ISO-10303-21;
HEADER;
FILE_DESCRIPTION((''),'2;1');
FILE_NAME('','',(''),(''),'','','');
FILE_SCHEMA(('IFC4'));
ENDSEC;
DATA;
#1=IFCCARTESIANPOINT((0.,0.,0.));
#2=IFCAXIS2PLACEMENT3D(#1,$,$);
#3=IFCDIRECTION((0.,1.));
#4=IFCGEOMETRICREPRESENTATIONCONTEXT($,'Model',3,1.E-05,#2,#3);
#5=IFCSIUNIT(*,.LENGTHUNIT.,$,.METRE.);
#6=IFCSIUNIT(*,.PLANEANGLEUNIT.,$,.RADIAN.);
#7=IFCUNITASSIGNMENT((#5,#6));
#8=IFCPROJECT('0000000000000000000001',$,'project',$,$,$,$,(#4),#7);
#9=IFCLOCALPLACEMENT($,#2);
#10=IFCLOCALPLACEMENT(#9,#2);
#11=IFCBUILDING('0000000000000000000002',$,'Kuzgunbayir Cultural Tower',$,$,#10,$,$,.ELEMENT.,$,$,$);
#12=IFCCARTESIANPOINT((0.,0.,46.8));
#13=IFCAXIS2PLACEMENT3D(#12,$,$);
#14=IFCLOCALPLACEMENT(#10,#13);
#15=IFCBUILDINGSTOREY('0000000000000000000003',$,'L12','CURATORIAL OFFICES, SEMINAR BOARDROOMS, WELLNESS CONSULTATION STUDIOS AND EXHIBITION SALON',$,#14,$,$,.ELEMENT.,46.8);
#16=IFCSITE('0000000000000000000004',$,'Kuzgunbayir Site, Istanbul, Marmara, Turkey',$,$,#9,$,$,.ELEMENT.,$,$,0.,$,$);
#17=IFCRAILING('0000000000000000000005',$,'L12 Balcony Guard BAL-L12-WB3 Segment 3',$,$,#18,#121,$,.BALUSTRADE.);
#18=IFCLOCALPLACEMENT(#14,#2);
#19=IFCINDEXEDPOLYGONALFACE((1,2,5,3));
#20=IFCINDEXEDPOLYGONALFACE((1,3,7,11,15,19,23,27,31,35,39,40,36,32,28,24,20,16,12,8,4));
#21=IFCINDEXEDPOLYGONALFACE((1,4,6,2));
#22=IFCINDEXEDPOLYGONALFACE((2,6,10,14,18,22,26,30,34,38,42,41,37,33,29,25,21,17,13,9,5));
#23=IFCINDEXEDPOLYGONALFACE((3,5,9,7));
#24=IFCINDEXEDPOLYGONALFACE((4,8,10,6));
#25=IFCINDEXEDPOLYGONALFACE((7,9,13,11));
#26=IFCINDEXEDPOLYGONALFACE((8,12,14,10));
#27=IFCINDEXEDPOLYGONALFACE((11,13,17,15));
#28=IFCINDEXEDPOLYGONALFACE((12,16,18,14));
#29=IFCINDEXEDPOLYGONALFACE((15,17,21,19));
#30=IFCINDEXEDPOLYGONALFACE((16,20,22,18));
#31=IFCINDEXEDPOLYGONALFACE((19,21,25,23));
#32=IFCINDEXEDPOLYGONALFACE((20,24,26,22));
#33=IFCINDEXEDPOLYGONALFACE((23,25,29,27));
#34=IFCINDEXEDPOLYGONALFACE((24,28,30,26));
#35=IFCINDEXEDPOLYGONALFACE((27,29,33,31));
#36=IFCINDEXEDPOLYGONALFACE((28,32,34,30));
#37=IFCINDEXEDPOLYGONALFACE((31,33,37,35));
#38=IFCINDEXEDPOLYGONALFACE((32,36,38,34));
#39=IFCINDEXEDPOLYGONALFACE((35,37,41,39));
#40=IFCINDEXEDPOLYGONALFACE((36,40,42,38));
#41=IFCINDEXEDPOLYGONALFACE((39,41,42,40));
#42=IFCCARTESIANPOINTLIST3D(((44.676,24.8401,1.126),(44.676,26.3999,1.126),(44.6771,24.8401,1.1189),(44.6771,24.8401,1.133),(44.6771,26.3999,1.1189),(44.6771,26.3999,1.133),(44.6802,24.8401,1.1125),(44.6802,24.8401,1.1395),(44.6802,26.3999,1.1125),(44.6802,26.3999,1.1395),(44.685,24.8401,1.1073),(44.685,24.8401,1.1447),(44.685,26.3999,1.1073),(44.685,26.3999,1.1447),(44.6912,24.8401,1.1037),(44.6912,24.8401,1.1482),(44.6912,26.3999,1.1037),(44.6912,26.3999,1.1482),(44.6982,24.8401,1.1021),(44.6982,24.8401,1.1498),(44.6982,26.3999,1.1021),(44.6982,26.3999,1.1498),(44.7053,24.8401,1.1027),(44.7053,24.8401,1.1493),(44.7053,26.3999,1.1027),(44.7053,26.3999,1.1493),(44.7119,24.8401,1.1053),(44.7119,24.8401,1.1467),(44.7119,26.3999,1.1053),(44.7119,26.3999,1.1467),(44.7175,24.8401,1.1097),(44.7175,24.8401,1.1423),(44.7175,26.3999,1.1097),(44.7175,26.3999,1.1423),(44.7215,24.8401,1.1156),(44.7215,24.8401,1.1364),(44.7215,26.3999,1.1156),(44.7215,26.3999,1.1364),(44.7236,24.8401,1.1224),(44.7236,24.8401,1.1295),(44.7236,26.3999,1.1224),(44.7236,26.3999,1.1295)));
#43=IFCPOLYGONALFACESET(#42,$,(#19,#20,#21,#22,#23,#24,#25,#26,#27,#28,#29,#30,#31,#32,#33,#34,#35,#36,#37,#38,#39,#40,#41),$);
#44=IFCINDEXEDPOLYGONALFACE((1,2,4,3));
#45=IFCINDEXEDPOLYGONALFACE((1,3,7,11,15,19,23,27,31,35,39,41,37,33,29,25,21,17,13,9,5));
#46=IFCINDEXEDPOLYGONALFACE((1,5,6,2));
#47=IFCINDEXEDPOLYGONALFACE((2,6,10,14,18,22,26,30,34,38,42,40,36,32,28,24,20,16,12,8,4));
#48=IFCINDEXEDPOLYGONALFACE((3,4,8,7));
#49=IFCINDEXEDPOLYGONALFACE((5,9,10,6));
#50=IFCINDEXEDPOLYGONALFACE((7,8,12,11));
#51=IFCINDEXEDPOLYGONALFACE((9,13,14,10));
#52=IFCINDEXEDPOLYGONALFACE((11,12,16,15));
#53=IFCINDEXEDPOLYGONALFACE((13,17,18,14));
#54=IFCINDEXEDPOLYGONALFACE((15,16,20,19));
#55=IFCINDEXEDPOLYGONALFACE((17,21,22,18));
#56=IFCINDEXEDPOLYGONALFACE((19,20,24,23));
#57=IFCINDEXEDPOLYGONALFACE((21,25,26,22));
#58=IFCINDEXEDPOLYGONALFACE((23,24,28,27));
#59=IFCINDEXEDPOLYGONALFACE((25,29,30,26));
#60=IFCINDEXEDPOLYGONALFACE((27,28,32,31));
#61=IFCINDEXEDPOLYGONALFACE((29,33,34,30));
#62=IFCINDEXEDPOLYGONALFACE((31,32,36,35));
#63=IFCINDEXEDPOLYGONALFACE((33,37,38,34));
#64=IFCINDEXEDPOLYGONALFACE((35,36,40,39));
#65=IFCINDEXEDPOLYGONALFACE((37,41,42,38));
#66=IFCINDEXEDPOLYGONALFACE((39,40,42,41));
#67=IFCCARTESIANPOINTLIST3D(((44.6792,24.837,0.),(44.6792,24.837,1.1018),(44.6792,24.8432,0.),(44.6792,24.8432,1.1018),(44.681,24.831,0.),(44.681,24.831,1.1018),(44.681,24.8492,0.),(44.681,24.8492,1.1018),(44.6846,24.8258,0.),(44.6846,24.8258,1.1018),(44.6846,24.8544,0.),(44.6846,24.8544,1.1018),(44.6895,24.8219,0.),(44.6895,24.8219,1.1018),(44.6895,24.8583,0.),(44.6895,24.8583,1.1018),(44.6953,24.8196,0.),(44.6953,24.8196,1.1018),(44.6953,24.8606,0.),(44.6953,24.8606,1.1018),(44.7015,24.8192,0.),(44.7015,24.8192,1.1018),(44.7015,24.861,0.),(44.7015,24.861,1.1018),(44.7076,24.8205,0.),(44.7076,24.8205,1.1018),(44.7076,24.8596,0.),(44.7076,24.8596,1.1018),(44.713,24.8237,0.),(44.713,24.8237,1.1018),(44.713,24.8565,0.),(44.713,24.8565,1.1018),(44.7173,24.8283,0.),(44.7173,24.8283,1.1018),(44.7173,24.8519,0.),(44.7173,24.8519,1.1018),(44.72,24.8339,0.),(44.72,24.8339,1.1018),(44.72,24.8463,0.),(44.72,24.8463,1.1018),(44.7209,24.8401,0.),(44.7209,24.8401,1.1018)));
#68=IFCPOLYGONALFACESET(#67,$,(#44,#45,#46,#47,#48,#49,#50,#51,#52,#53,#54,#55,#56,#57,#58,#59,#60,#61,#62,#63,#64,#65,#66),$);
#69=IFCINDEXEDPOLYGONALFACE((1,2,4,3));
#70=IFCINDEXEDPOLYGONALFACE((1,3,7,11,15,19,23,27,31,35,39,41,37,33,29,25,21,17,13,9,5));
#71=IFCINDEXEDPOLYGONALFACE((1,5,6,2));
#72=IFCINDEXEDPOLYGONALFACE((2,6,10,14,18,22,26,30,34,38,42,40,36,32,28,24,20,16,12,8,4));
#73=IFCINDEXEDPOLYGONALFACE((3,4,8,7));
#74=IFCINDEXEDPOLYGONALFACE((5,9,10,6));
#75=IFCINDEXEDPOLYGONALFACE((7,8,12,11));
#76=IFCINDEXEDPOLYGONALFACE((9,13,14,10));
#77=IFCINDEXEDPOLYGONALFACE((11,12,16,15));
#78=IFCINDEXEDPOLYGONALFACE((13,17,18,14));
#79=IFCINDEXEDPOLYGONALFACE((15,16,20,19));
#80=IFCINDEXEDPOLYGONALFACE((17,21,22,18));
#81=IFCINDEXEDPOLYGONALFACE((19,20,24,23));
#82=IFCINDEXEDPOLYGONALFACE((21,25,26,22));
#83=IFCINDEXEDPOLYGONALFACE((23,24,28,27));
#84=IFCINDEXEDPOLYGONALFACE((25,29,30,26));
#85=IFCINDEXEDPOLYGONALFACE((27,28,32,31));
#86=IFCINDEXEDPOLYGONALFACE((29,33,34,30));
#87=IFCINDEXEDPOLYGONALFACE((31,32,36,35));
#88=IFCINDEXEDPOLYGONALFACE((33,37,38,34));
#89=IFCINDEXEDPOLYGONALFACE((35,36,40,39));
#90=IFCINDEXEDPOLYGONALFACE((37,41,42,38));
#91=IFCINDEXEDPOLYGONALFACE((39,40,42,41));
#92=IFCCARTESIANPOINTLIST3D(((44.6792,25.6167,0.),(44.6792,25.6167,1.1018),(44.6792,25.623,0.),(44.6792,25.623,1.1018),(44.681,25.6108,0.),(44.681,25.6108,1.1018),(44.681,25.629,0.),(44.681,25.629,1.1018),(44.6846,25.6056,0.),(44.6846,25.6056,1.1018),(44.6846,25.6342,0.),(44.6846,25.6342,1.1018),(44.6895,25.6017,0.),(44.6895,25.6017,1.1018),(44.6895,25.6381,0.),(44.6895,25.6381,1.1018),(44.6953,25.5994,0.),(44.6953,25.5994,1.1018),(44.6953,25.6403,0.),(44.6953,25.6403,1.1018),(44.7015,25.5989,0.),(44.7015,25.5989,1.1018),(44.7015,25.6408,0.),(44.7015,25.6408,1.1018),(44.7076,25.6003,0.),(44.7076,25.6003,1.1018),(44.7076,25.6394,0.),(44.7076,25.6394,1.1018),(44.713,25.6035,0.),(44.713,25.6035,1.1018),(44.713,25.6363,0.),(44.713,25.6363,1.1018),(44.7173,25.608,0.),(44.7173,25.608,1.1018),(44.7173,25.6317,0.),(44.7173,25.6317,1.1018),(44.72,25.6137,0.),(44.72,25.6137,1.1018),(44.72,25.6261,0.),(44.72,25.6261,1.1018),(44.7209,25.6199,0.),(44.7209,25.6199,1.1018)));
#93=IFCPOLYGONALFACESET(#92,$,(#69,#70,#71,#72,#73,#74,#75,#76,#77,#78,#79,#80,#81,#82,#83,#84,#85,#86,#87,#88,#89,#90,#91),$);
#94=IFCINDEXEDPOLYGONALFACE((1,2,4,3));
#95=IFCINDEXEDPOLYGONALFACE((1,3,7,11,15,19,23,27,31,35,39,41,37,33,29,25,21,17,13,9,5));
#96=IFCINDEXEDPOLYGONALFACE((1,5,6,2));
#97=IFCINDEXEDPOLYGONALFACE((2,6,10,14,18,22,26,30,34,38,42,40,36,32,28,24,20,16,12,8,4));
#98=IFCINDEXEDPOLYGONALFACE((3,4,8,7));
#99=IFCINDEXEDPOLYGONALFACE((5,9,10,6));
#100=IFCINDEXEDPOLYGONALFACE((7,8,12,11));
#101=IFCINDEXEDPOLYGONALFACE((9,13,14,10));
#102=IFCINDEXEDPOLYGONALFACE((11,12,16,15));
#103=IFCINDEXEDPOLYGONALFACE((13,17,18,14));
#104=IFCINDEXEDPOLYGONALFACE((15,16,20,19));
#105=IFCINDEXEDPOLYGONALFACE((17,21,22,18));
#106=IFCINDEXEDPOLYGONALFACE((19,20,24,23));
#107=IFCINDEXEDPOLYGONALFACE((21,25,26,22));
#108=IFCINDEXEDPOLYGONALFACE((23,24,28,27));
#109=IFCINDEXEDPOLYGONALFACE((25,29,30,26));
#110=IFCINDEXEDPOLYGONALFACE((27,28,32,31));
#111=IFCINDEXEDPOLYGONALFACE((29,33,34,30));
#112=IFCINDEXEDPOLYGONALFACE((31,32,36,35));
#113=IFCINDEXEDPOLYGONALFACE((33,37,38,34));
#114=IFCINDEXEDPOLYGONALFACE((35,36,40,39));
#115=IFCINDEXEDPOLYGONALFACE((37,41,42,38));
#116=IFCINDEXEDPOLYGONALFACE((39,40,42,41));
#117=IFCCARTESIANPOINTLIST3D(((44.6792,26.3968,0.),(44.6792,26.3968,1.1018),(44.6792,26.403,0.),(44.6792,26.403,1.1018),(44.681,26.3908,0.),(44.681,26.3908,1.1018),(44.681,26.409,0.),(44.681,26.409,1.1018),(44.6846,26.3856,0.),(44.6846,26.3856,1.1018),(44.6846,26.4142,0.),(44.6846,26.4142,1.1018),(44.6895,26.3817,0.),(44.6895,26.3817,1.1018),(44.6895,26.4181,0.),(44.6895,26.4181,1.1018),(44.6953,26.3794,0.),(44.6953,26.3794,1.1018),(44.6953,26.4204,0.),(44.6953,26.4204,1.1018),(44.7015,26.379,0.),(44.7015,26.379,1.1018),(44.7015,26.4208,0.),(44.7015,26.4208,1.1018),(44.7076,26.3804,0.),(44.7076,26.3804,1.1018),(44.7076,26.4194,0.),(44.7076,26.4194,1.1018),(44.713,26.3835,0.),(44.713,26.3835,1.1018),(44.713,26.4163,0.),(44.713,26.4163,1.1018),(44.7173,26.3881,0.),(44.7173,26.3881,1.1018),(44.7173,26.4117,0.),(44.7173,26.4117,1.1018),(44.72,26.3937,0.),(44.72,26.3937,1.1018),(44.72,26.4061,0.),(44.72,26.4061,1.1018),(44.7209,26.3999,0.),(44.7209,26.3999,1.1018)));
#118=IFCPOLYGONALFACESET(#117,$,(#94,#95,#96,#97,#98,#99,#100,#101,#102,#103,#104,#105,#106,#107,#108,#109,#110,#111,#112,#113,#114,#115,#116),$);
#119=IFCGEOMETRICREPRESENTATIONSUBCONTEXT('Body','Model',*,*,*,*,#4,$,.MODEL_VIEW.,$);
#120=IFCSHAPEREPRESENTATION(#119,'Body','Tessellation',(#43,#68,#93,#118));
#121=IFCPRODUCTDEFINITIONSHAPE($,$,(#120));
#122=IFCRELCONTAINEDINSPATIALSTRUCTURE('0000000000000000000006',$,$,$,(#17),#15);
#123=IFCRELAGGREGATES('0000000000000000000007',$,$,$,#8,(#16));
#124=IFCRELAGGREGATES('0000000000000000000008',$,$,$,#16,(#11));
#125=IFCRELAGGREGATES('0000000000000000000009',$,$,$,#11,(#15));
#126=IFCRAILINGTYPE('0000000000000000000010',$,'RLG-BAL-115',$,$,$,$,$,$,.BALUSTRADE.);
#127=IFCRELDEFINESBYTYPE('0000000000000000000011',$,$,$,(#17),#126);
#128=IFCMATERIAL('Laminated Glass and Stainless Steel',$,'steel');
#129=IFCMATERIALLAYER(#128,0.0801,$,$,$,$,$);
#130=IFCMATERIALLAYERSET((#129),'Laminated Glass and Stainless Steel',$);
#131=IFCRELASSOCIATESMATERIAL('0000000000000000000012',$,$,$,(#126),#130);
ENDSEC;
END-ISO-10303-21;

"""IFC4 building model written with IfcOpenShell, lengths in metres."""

from ifc_helpers import new_model, si_unit, direction, frame, origin, origin_2d, place, context, subcontext, project, spatial, circle, extrude, material, layer, layer_set, type_object, element, save


model = new_model("IFC4")

# Units and contexts
model_context = context("Model", 3, precision=1e-05, world=origin(), true_north=direction((0.0, 1.0)))
body_context = subcontext(model_context, "Body", "Model", "MODEL_VIEW")
ifc_project = project(units=[si_unit("LENGTHUNIT", "METRE"), si_unit("PLANEANGLEUNIT", "RADIAN")], contexts=[model_context])

# Site, building, storey
site_placement = place(None, origin())
site = spatial("IfcSite", under=ifc_project, at=site_placement, Name="Kuzgunbayir Site, Istanbul, Marmara, Turkey", CompositionType="ELEMENT", RefElevation=0.0)
building_placement = place(site_placement, origin())
building = spatial("IfcBuilding", under=site, at=building_placement, Name="Kuzgunbayir Cultural Tower", CompositionType="ELEMENT")
storey_placement = place(building_placement, frame((0.0, 0.0, 46.8)))
storey = spatial("IfcBuildingStorey", under=building, at=storey_placement, Name="L12", Description="CURATORIAL OFFICES, SEMINAR BOARDROOMS, WELLNESS CONSULTATION STUDIOS AND EXHIBITION SALON", CompositionType="ELEMENT", Elevation=46.8)

# Railing
ifc_material_1 = material(Name="Laminated Glass and Stainless Steel", Category="steel")
ifc_layer_1 = layer(ifc_material_1, 0.0801)
ifc_layer_set_1 = layer_set([ifc_layer_1], Name="Laminated Glass and Stainless Steel")
railing_type = type_object("IfcRailingType", Name="RLG-BAL-115", PredefinedType="BALUSTRADE", material=ifc_layer_set_1)
railing_1_placement = place(storey_placement, frame((44.7, 24.8401, 0.0)))
element("IfcRailing", 1, at=railing_1_placement, inside=storey, type_object=railing_type, Name="L12 Balcony Guard BAL-L12-WB3 Segment 3", PredefinedType="BALUSTRADE", context=body_context, shape_type="SweptSolid", body=[
    extrude(circle(Radius=0.0239, at=origin_2d()), frame((0.0, 0.0, 1.126), z_axis=(0.0, 1.0, 0.0), x_axis=(-1.0, 0.0, 0.0)), (0.0, 0.0, 1.0), 1.5598),
    extrude(circle(Radius=0.021, at=origin_2d()), origin(), (0.0, 0.0, 1.0), 1.1018),
    extrude(circle(Radius=0.021, at=origin_2d()), frame((0.0, 0.7798, 0.0)), (0.0, 0.0, 1.0), 1.1018),
    extrude(circle(Radius=0.021, at=origin_2d()), frame((0.0, 1.5598, 0.0)), (0.0, 0.0, 1.0), 1.1018),
])

save(model, "model.ifc")
